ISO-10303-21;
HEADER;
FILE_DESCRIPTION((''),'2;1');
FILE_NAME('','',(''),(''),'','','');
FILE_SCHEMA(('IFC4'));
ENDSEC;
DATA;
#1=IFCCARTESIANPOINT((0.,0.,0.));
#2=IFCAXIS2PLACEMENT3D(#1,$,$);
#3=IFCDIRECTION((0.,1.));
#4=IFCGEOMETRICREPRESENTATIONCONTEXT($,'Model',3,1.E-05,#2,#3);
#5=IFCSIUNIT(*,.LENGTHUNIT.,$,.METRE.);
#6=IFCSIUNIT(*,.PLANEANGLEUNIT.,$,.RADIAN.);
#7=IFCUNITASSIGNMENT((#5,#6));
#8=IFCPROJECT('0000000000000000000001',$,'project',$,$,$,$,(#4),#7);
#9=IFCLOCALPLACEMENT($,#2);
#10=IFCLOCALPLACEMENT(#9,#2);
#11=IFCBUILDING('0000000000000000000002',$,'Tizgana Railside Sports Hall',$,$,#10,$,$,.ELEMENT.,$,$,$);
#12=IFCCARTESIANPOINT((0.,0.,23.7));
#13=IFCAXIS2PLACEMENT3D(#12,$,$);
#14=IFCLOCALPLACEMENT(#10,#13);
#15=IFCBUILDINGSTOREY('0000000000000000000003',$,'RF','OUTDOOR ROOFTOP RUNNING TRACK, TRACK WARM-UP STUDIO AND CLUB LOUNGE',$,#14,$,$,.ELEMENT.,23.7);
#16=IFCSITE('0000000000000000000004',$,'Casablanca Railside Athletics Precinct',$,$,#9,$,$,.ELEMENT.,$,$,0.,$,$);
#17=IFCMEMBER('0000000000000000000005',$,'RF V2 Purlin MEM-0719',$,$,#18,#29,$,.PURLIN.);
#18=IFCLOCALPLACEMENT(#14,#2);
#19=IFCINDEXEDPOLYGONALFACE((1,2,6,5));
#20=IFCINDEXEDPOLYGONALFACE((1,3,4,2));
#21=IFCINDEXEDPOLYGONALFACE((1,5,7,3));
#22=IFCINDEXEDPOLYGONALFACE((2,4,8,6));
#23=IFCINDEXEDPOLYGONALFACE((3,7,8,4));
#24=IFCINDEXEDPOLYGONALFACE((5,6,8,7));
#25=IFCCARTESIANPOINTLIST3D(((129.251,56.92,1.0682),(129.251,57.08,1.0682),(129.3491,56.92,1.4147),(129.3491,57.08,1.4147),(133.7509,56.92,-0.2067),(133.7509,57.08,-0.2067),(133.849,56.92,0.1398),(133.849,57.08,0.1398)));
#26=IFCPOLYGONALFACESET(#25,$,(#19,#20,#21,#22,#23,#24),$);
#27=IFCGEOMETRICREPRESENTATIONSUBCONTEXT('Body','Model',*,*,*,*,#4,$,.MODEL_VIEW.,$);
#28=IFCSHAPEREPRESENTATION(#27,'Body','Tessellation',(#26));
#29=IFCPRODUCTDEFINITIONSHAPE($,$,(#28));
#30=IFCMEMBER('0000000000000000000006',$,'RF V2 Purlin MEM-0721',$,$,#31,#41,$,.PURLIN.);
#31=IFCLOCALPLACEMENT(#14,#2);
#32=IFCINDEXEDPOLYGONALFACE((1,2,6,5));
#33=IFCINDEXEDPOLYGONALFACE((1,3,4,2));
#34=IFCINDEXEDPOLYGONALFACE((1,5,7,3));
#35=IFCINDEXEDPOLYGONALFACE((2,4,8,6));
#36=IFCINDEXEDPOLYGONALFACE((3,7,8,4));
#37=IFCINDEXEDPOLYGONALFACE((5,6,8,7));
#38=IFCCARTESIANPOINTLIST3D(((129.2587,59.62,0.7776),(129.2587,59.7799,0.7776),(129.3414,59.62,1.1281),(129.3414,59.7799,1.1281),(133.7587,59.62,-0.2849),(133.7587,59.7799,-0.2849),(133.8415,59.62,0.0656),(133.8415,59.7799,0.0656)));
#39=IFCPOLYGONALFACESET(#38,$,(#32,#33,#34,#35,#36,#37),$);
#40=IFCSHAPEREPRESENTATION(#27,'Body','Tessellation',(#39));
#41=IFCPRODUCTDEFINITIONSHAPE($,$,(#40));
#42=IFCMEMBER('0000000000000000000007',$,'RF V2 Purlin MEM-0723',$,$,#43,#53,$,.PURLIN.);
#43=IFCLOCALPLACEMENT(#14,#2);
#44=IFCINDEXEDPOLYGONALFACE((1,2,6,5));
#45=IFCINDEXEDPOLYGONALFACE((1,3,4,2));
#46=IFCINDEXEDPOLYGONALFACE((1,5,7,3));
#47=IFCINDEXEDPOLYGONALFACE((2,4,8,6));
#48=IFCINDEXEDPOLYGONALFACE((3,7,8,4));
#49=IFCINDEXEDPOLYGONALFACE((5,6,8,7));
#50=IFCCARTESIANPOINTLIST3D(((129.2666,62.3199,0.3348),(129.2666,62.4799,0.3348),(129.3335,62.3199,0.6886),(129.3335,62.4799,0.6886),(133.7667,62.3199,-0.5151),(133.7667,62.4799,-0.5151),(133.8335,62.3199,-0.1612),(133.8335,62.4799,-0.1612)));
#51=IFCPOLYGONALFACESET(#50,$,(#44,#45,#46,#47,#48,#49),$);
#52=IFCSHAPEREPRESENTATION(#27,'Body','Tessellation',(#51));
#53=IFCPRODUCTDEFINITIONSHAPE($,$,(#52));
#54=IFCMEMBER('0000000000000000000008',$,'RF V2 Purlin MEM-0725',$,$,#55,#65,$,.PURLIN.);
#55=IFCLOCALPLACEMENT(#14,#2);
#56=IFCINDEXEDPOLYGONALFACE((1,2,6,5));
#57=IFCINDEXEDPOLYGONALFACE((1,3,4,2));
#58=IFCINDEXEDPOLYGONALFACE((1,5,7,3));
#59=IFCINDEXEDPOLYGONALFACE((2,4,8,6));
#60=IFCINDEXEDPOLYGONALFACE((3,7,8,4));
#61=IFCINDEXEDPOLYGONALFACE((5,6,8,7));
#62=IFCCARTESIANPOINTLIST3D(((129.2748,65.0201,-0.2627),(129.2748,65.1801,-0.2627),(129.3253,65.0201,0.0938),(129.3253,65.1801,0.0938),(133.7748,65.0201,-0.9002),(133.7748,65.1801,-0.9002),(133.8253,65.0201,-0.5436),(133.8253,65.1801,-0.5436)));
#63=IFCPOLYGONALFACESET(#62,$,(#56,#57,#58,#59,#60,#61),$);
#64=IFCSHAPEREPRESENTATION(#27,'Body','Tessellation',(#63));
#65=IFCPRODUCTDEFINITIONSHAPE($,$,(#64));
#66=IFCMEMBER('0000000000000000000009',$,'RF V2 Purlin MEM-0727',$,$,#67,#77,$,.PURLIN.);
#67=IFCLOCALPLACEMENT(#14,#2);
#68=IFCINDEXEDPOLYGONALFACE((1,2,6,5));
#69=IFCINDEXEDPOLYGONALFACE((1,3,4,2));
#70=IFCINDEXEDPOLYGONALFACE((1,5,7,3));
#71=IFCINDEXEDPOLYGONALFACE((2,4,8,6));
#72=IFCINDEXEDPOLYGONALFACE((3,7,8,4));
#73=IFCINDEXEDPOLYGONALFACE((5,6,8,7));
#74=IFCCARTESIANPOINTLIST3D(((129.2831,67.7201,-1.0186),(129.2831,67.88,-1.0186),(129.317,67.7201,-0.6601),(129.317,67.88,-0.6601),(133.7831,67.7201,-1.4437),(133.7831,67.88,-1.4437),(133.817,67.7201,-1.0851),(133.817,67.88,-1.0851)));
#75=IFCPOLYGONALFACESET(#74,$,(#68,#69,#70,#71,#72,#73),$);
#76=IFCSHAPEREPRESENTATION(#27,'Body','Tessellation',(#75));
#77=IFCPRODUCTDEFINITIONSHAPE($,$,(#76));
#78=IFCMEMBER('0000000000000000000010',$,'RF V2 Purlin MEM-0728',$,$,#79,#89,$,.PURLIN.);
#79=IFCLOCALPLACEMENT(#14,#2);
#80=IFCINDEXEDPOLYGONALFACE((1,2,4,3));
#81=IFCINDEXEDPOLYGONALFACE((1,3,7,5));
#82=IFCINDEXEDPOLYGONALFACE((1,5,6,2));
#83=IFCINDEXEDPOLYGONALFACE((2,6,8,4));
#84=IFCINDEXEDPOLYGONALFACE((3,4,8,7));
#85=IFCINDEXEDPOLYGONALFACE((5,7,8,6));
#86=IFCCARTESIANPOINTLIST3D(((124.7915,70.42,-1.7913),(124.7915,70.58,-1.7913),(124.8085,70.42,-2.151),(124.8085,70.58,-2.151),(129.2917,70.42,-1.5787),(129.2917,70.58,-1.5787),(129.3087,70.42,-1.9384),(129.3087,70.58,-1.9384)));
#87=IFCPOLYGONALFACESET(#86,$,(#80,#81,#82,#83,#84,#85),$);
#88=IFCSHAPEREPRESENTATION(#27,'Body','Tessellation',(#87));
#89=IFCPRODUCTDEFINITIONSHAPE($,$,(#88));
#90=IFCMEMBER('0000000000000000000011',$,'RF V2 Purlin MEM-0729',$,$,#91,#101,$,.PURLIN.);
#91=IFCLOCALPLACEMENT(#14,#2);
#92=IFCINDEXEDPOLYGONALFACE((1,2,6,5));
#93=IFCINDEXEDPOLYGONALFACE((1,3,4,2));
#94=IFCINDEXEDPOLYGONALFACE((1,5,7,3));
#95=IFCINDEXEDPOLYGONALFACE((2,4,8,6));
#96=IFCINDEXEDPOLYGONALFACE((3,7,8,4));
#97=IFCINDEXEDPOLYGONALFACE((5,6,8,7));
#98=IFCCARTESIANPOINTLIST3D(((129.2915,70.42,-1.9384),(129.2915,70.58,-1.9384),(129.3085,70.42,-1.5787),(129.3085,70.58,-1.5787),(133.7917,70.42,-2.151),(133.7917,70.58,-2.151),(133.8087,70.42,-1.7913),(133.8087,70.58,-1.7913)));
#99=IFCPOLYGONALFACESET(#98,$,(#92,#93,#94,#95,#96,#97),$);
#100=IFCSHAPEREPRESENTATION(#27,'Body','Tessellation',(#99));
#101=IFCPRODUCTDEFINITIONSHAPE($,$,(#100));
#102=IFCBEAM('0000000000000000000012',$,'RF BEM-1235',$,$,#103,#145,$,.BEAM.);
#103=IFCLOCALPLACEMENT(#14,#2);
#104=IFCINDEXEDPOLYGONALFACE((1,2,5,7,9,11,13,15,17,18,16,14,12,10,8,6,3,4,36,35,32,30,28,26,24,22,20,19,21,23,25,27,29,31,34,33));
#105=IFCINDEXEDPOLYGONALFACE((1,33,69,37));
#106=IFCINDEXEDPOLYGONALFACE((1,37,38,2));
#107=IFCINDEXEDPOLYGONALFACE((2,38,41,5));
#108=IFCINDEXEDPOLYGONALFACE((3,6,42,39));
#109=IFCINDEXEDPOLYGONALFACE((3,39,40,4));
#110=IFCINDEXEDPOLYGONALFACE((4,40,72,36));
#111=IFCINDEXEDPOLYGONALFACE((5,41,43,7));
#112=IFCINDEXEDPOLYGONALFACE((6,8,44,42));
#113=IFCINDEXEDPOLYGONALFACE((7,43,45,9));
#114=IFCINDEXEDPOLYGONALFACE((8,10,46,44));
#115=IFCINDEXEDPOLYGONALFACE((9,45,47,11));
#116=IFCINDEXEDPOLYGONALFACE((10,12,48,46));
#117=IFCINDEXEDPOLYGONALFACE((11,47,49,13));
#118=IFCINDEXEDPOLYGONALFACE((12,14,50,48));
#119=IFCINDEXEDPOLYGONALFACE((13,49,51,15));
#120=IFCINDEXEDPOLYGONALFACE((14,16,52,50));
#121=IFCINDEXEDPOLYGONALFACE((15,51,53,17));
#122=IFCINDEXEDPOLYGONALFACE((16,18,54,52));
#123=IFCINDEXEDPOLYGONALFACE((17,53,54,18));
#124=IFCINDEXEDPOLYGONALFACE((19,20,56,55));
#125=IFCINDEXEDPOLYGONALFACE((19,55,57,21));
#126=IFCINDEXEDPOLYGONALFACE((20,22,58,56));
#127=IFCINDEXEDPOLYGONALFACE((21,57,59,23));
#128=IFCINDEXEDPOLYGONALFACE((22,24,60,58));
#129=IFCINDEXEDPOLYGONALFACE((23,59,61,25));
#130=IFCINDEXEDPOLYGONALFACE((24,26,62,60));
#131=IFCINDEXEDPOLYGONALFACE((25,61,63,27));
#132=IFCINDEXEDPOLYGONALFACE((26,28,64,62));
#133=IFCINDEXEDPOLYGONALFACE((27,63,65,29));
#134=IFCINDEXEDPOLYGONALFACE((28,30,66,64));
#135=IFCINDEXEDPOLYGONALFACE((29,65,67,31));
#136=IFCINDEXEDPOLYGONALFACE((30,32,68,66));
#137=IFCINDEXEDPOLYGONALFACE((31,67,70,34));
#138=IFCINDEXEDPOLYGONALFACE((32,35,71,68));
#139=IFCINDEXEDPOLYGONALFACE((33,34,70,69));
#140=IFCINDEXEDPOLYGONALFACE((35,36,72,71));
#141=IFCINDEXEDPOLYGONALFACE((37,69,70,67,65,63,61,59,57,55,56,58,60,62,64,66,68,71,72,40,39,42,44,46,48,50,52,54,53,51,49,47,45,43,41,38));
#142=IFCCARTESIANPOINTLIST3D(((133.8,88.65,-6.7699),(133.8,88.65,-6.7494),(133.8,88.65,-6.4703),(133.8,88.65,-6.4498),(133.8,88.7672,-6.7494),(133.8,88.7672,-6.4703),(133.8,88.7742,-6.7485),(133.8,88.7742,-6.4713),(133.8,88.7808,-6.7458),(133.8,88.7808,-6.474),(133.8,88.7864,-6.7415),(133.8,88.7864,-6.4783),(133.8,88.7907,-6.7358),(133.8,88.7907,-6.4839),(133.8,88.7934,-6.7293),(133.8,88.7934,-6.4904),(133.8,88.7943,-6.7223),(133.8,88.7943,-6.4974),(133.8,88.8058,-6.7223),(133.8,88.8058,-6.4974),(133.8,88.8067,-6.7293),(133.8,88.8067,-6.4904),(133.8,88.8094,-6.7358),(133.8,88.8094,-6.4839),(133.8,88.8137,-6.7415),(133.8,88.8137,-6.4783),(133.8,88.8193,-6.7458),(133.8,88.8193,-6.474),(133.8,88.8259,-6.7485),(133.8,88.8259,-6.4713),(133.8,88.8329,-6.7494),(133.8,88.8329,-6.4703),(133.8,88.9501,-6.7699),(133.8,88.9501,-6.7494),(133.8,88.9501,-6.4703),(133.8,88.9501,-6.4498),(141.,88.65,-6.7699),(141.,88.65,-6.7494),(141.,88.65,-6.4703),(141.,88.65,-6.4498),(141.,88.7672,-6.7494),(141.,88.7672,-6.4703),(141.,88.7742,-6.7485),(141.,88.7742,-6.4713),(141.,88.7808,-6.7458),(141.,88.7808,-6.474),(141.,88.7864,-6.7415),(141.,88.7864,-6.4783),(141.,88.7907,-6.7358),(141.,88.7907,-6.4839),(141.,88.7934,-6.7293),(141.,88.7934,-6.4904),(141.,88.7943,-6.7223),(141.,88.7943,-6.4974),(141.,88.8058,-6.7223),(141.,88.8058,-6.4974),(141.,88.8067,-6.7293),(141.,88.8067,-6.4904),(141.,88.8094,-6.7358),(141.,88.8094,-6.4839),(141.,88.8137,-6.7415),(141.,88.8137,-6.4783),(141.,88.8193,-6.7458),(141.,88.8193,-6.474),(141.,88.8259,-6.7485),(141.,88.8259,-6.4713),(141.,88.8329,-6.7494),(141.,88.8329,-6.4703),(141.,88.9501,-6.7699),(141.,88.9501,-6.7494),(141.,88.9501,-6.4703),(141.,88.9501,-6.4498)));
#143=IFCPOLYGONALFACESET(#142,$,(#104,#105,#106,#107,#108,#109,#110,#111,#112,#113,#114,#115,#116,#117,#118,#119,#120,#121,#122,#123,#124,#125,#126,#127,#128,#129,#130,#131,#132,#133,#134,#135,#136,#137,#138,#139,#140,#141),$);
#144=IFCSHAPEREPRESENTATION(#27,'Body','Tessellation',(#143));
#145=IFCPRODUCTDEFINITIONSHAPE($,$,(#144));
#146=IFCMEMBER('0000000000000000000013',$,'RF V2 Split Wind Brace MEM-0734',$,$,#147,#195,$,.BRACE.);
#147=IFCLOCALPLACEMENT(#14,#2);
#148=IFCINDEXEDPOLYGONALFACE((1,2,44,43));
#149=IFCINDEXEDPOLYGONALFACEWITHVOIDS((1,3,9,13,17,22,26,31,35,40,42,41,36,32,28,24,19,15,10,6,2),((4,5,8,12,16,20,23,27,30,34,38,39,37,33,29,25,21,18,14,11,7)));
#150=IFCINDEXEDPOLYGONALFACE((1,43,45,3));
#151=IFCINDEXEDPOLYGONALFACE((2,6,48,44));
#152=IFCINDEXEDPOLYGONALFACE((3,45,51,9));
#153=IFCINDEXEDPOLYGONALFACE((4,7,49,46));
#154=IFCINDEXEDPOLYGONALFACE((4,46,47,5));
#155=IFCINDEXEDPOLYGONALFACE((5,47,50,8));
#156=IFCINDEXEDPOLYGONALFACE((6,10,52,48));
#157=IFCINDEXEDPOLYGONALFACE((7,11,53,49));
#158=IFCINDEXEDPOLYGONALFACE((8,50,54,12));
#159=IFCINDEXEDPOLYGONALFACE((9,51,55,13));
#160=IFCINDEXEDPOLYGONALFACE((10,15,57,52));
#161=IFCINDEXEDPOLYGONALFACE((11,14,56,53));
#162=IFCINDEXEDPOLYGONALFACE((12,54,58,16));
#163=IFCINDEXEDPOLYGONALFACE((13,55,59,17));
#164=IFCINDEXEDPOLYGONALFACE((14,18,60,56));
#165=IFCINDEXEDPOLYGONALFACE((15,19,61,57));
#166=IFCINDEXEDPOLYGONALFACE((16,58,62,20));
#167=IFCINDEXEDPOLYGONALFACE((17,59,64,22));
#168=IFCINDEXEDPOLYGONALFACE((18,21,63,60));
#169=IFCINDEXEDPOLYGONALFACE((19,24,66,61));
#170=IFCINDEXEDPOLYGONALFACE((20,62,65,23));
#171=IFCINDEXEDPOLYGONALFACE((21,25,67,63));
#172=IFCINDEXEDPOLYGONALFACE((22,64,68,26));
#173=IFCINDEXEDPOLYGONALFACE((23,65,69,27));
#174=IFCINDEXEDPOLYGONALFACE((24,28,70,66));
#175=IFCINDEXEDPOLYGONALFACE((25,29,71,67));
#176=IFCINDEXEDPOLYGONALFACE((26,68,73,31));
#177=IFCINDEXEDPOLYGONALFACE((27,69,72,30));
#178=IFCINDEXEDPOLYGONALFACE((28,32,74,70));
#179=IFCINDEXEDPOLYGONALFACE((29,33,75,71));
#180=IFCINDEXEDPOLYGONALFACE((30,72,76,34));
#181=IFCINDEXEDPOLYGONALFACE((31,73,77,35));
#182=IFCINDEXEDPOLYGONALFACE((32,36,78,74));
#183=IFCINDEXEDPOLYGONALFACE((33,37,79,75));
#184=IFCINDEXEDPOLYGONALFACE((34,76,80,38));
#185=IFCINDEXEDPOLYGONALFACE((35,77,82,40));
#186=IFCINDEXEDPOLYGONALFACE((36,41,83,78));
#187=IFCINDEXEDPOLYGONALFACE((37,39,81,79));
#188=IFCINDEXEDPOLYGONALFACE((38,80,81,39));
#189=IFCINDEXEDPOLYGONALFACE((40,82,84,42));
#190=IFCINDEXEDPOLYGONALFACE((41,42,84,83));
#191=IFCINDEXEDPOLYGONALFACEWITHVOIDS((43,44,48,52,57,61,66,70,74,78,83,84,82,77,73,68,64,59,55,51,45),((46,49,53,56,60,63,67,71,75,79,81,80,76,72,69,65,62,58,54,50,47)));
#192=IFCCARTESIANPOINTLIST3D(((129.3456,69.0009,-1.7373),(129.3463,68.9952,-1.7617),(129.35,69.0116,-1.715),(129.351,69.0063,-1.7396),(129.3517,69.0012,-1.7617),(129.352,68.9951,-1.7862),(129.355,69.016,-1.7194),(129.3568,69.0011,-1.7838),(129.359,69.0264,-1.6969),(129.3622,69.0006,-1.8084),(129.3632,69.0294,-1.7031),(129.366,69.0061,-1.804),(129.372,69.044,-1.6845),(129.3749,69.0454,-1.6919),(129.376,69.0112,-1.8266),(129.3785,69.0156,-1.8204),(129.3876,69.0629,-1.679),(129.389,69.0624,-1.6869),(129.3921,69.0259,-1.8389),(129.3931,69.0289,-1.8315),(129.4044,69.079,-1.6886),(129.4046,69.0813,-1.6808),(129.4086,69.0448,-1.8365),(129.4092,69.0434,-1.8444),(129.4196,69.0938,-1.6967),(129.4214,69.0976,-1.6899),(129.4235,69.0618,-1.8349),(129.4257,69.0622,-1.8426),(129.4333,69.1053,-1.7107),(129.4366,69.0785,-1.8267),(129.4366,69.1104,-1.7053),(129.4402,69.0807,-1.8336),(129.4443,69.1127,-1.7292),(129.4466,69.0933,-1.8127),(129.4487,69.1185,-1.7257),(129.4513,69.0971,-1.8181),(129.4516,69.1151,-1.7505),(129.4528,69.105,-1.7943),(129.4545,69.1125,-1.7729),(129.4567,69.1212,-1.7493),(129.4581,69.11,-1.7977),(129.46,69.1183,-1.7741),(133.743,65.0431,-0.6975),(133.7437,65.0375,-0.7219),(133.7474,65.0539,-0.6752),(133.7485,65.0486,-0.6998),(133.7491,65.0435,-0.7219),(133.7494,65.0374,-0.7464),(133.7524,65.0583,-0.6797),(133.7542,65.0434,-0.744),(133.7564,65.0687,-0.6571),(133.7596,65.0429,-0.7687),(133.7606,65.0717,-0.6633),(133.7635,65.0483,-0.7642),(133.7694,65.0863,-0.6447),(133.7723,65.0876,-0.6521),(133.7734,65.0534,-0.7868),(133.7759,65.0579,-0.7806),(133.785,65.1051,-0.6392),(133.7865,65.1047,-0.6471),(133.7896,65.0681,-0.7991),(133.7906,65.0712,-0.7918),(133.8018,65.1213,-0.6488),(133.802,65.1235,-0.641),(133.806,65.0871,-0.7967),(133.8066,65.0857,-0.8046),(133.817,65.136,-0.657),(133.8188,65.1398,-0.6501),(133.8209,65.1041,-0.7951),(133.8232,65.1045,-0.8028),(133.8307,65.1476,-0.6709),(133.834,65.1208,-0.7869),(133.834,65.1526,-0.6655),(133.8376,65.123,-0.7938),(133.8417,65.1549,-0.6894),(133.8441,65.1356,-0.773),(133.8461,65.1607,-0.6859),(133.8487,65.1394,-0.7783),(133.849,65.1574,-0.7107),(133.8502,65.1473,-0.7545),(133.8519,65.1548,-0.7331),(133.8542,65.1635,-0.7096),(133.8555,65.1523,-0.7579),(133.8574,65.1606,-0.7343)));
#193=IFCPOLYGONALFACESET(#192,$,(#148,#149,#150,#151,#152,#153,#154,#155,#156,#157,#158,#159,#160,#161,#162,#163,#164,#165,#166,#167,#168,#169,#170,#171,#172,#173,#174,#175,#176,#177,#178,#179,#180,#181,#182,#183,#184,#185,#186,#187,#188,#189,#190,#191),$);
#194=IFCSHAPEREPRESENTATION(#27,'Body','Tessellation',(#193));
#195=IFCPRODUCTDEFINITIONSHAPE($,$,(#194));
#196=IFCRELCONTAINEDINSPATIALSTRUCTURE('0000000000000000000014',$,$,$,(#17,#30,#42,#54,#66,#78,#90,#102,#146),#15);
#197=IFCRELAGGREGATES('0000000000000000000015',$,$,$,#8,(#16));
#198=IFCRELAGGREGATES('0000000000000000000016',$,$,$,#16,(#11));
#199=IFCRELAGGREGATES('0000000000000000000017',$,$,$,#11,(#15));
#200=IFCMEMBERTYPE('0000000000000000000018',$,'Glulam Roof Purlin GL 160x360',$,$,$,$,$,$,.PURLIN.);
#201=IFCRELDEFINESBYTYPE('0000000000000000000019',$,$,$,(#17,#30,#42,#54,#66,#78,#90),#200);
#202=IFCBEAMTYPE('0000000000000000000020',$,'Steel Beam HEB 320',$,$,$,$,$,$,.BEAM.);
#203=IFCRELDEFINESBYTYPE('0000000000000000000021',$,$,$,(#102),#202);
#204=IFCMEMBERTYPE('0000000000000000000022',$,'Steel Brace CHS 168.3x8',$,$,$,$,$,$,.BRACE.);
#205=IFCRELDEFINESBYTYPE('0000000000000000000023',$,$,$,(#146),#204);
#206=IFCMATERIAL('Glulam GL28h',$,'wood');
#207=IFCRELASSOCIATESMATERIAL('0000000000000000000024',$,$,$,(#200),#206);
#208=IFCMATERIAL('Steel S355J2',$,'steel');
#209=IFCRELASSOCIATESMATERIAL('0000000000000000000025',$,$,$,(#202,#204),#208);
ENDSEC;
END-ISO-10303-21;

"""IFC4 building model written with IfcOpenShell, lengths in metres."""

from ifc_helpers import new_model, si_unit, direction, frame, origin, origin_2d, place, context, subcontext, project, spatial, rectangle, hollow_circle, i_section, extrude, material, material_profile, profile_set, type_object, element, save


model = new_model("IFC4")

# Units and contexts
model_context = context("Model", 3, precision=1e-05, world=origin(), true_north=direction((0.0, 1.0)))
body_context = subcontext(model_context, "Body", "Model", "MODEL_VIEW")
ifc_project = project(units=[si_unit("LENGTHUNIT", "METRE"), si_unit("PLANEANGLEUNIT", "RADIAN")], contexts=[model_context])

# Site, building, storey
site_placement = place(None, origin())
site = spatial("IfcSite", under=ifc_project, at=site_placement, Name="Casablanca Railside Athletics Precinct", CompositionType="ELEMENT", RefElevation=0.0)
building_placement = place(site_placement, origin())
building = spatial("IfcBuilding", under=site, at=building_placement, Name="Tizgana Railside Sports Hall", CompositionType="ELEMENT")
storey_placement = place(building_placement, frame((0.0, 0.0, 23.7)))
storey = spatial("IfcBuildingStorey", under=building, at=storey_placement, Name="RF", Description="OUTDOOR ROOFTOP RUNNING TRACK, TRACK WARM-UP STUDIO AND CLUB LOUNGE", CompositionType="ELEMENT", Elevation=23.7)

# Members
ifc_material_1 = material(Name="Glulam GL28h", Category="wood")
ifc_material_profile_1 = material_profile(ifc_material_1, rectangle(XDim=0.1599, YDim=0.3601, at=origin_2d()), Name="GL 160x360")
ifc_profile_set_1 = profile_set([ifc_material_profile_1], Name="Glulam GL28h")
member_type_1 = type_object("IfcMemberType", Name="Glulam Roof Purlin GL 160x360", PredefinedType="PURLIN", material=ifc_profile_set_1)
member_1_placement = place(storey_placement, frame((129.3, 57.0, 1.2415), z_axis=(0.962132, 0.0, -0.272583), x_axis=(0.0, 1.0, 0.0)))
element("IfcMember", 1, at=member_1_placement, inside=storey, type_object=member_type_1, Name="RF V2 Purlin MEM-0719", PredefinedType="PURLIN", context=body_context, shape_type="SweptSolid", body=[
    extrude(rectangle(XDim=0.1599, YDim=0.3601, at=origin_2d()), origin(), (0.0, 0.0, 1.0), 4.677),
])
member_2_placement = place(storey_placement, frame((129.3, 59.7, 0.9529), z_axis=(0.97324, 0.0, -0.229793), x_axis=(0.0, 1.0, 0.0)))
element("IfcMember", 2, at=member_2_placement, inside=storey, type_object=member_type_1, Name="RF V2 Purlin MEM-0721", PredefinedType="PURLIN", context=body_context, shape_type="SweptSolid", body=[
    extrude(rectangle(XDim=0.1599, YDim=0.3601, at=origin_2d()), origin(), (0.0, 0.0, 1.0), 4.6238),
])
member_3_placement = place(storey_placement, frame((129.3, 62.3999, 0.5117), z_axis=(0.98263, 0.0, -0.185576), x_axis=(0.0, 1.0, 0.0)))
element("IfcMember", 3, at=member_3_placement, inside=storey, type_object=member_type_1, Name="RF V2 Purlin MEM-0723", PredefinedType="PURLIN", context=body_context, shape_type="SweptSolid", body=[
    extrude(rectangle(XDim=0.1599, YDim=0.3601, at=origin_2d()), origin(), (0.0, 0.0, 1.0), 4.5796),
])
member_4_placement = place(storey_placement, frame((129.3, 65.1001, -0.0845), z_axis=(0.990115, 0.0, -0.140256), x_axis=(0.0, 1.0, 0.0)))
element("IfcMember", 4, at=member_4_placement, inside=storey, type_object=member_type_1, Name="RF V2 Purlin MEM-0725", PredefinedType="PURLIN", context=body_context, shape_type="SweptSolid", body=[
    extrude(rectangle(XDim=0.1599, YDim=0.3601, at=origin_2d()), origin(), (0.0, 0.0, 1.0), 4.5449),
])
member_5_placement = place(storey_placement, frame((129.3, 67.8, -0.8394), z_axis=(0.995569, 0.0, -0.094037), x_axis=(0.0, 1.0, 0.0)))
element("IfcMember", 5, at=member_5_placement, inside=storey, type_object=member_type_1, Name="RF V2 Purlin MEM-0727", PredefinedType="PURLIN", context=body_context, shape_type="SweptSolid", body=[
    extrude(rectangle(XDim=0.1599, YDim=0.3601, at=origin_2d()), origin(), (0.0, 0.0, 1.0), 4.52),
])
for number, where, z_axis, x_axis, name in (
    (6, (124.8, 70.5, -1.9712), (0.998885, 0.0, 0.047202), (0.0, 1.0, 0.0), "RF V2 Purlin MEM-0728"),
    (7, (129.3, 70.5, -1.7585), (0.998885, 0.0, -0.047202), (0.0, 1.0, 0.0), "RF V2 Purlin MEM-0729"),
):
    element("IfcMember", number, at=place(storey_placement, frame(where, z_axis=z_axis, x_axis=x_axis)), inside=storey, type_object=member_type_1, Name=name, PredefinedType="PURLIN", context=body_context, shape_type="SweptSolid", body=[
        extrude(rectangle(XDim=0.1599, YDim=0.3601, at=origin_2d()), origin(), (0.0, 0.0, 1.0), 4.5051),
    ])

# Beam
ifc_material_2 = material(Name="Steel S355J2", Category="steel")
ifc_material_profile_2 = material_profile(ifc_material_2, i_section(OverallWidth=0.3, OverallDepth=0.3201, WebThickness=0.0115, FlangeThickness=0.0205, FilletRadius=0.0271, at=origin_2d()), Name="HEB 320")
ifc_profile_set_2 = profile_set([ifc_material_profile_2], Name="Steel S355J2")
beam_type_1 = type_object("IfcBeamType", Name="Steel Beam HEB 320", PredefinedType="BEAM", material=ifc_profile_set_2)
beam_1_placement = place(storey_placement, frame((133.8, 88.8, -6.6099), z_axis=(1.0, 0.0, 0.0), x_axis=(0.0, 1.0, 0.0)))
element("IfcBeam", 8, at=beam_1_placement, inside=storey, type_object=beam_type_1, Name="RF BEM-1235", PredefinedType="BEAM", context=body_context, shape_type="SweptSolid", body=[
    extrude(i_section(OverallWidth=0.3, OverallDepth=0.3201, WebThickness=0.0115, FlangeThickness=0.0205, FilletRadius=0.0271, at=origin_2d()), origin(), (0.0, 0.0, 1.0), 7.2),
])

# Member
ifc_material_profile_3 = material_profile(ifc_material_2, hollow_circle(Radius=0.0842, WallThickness=0.0081, at=origin_2d()), Name="CHS 168.3x8")
ifc_profile_set_3 = profile_set([ifc_material_profile_3], Name="Steel S355J2")
member_type_2 = type_object("IfcMemberType", Name="Steel Brace CHS 168.3x8", PredefinedType="BRACE", material=ifc_profile_set_3)
for number, where, z_axis, x_axis, name in (
    (9, (133.8, 65.1001, -0.7219), (-0.732069, 0.658871, -0.1731), (-0.668969, -0.74329, 0.0), "RF V2 Split Wind Brace MEM-0734"),
):
    element("IfcMember", number, at=place(storey_placement, frame(where, z_axis=z_axis, x_axis=x_axis)), inside=storey, type_object=member_type_2, Name=name, PredefinedType="BRACE", context=body_context, shape_type="SweptSolid", body=[
        extrude(hollow_circle(Radius=0.0842, WallThickness=0.0081, at=origin_2d()), origin(), (0.0, 0.0, 1.0), 6.0068),
    ])

save(model, "model.ifc")
